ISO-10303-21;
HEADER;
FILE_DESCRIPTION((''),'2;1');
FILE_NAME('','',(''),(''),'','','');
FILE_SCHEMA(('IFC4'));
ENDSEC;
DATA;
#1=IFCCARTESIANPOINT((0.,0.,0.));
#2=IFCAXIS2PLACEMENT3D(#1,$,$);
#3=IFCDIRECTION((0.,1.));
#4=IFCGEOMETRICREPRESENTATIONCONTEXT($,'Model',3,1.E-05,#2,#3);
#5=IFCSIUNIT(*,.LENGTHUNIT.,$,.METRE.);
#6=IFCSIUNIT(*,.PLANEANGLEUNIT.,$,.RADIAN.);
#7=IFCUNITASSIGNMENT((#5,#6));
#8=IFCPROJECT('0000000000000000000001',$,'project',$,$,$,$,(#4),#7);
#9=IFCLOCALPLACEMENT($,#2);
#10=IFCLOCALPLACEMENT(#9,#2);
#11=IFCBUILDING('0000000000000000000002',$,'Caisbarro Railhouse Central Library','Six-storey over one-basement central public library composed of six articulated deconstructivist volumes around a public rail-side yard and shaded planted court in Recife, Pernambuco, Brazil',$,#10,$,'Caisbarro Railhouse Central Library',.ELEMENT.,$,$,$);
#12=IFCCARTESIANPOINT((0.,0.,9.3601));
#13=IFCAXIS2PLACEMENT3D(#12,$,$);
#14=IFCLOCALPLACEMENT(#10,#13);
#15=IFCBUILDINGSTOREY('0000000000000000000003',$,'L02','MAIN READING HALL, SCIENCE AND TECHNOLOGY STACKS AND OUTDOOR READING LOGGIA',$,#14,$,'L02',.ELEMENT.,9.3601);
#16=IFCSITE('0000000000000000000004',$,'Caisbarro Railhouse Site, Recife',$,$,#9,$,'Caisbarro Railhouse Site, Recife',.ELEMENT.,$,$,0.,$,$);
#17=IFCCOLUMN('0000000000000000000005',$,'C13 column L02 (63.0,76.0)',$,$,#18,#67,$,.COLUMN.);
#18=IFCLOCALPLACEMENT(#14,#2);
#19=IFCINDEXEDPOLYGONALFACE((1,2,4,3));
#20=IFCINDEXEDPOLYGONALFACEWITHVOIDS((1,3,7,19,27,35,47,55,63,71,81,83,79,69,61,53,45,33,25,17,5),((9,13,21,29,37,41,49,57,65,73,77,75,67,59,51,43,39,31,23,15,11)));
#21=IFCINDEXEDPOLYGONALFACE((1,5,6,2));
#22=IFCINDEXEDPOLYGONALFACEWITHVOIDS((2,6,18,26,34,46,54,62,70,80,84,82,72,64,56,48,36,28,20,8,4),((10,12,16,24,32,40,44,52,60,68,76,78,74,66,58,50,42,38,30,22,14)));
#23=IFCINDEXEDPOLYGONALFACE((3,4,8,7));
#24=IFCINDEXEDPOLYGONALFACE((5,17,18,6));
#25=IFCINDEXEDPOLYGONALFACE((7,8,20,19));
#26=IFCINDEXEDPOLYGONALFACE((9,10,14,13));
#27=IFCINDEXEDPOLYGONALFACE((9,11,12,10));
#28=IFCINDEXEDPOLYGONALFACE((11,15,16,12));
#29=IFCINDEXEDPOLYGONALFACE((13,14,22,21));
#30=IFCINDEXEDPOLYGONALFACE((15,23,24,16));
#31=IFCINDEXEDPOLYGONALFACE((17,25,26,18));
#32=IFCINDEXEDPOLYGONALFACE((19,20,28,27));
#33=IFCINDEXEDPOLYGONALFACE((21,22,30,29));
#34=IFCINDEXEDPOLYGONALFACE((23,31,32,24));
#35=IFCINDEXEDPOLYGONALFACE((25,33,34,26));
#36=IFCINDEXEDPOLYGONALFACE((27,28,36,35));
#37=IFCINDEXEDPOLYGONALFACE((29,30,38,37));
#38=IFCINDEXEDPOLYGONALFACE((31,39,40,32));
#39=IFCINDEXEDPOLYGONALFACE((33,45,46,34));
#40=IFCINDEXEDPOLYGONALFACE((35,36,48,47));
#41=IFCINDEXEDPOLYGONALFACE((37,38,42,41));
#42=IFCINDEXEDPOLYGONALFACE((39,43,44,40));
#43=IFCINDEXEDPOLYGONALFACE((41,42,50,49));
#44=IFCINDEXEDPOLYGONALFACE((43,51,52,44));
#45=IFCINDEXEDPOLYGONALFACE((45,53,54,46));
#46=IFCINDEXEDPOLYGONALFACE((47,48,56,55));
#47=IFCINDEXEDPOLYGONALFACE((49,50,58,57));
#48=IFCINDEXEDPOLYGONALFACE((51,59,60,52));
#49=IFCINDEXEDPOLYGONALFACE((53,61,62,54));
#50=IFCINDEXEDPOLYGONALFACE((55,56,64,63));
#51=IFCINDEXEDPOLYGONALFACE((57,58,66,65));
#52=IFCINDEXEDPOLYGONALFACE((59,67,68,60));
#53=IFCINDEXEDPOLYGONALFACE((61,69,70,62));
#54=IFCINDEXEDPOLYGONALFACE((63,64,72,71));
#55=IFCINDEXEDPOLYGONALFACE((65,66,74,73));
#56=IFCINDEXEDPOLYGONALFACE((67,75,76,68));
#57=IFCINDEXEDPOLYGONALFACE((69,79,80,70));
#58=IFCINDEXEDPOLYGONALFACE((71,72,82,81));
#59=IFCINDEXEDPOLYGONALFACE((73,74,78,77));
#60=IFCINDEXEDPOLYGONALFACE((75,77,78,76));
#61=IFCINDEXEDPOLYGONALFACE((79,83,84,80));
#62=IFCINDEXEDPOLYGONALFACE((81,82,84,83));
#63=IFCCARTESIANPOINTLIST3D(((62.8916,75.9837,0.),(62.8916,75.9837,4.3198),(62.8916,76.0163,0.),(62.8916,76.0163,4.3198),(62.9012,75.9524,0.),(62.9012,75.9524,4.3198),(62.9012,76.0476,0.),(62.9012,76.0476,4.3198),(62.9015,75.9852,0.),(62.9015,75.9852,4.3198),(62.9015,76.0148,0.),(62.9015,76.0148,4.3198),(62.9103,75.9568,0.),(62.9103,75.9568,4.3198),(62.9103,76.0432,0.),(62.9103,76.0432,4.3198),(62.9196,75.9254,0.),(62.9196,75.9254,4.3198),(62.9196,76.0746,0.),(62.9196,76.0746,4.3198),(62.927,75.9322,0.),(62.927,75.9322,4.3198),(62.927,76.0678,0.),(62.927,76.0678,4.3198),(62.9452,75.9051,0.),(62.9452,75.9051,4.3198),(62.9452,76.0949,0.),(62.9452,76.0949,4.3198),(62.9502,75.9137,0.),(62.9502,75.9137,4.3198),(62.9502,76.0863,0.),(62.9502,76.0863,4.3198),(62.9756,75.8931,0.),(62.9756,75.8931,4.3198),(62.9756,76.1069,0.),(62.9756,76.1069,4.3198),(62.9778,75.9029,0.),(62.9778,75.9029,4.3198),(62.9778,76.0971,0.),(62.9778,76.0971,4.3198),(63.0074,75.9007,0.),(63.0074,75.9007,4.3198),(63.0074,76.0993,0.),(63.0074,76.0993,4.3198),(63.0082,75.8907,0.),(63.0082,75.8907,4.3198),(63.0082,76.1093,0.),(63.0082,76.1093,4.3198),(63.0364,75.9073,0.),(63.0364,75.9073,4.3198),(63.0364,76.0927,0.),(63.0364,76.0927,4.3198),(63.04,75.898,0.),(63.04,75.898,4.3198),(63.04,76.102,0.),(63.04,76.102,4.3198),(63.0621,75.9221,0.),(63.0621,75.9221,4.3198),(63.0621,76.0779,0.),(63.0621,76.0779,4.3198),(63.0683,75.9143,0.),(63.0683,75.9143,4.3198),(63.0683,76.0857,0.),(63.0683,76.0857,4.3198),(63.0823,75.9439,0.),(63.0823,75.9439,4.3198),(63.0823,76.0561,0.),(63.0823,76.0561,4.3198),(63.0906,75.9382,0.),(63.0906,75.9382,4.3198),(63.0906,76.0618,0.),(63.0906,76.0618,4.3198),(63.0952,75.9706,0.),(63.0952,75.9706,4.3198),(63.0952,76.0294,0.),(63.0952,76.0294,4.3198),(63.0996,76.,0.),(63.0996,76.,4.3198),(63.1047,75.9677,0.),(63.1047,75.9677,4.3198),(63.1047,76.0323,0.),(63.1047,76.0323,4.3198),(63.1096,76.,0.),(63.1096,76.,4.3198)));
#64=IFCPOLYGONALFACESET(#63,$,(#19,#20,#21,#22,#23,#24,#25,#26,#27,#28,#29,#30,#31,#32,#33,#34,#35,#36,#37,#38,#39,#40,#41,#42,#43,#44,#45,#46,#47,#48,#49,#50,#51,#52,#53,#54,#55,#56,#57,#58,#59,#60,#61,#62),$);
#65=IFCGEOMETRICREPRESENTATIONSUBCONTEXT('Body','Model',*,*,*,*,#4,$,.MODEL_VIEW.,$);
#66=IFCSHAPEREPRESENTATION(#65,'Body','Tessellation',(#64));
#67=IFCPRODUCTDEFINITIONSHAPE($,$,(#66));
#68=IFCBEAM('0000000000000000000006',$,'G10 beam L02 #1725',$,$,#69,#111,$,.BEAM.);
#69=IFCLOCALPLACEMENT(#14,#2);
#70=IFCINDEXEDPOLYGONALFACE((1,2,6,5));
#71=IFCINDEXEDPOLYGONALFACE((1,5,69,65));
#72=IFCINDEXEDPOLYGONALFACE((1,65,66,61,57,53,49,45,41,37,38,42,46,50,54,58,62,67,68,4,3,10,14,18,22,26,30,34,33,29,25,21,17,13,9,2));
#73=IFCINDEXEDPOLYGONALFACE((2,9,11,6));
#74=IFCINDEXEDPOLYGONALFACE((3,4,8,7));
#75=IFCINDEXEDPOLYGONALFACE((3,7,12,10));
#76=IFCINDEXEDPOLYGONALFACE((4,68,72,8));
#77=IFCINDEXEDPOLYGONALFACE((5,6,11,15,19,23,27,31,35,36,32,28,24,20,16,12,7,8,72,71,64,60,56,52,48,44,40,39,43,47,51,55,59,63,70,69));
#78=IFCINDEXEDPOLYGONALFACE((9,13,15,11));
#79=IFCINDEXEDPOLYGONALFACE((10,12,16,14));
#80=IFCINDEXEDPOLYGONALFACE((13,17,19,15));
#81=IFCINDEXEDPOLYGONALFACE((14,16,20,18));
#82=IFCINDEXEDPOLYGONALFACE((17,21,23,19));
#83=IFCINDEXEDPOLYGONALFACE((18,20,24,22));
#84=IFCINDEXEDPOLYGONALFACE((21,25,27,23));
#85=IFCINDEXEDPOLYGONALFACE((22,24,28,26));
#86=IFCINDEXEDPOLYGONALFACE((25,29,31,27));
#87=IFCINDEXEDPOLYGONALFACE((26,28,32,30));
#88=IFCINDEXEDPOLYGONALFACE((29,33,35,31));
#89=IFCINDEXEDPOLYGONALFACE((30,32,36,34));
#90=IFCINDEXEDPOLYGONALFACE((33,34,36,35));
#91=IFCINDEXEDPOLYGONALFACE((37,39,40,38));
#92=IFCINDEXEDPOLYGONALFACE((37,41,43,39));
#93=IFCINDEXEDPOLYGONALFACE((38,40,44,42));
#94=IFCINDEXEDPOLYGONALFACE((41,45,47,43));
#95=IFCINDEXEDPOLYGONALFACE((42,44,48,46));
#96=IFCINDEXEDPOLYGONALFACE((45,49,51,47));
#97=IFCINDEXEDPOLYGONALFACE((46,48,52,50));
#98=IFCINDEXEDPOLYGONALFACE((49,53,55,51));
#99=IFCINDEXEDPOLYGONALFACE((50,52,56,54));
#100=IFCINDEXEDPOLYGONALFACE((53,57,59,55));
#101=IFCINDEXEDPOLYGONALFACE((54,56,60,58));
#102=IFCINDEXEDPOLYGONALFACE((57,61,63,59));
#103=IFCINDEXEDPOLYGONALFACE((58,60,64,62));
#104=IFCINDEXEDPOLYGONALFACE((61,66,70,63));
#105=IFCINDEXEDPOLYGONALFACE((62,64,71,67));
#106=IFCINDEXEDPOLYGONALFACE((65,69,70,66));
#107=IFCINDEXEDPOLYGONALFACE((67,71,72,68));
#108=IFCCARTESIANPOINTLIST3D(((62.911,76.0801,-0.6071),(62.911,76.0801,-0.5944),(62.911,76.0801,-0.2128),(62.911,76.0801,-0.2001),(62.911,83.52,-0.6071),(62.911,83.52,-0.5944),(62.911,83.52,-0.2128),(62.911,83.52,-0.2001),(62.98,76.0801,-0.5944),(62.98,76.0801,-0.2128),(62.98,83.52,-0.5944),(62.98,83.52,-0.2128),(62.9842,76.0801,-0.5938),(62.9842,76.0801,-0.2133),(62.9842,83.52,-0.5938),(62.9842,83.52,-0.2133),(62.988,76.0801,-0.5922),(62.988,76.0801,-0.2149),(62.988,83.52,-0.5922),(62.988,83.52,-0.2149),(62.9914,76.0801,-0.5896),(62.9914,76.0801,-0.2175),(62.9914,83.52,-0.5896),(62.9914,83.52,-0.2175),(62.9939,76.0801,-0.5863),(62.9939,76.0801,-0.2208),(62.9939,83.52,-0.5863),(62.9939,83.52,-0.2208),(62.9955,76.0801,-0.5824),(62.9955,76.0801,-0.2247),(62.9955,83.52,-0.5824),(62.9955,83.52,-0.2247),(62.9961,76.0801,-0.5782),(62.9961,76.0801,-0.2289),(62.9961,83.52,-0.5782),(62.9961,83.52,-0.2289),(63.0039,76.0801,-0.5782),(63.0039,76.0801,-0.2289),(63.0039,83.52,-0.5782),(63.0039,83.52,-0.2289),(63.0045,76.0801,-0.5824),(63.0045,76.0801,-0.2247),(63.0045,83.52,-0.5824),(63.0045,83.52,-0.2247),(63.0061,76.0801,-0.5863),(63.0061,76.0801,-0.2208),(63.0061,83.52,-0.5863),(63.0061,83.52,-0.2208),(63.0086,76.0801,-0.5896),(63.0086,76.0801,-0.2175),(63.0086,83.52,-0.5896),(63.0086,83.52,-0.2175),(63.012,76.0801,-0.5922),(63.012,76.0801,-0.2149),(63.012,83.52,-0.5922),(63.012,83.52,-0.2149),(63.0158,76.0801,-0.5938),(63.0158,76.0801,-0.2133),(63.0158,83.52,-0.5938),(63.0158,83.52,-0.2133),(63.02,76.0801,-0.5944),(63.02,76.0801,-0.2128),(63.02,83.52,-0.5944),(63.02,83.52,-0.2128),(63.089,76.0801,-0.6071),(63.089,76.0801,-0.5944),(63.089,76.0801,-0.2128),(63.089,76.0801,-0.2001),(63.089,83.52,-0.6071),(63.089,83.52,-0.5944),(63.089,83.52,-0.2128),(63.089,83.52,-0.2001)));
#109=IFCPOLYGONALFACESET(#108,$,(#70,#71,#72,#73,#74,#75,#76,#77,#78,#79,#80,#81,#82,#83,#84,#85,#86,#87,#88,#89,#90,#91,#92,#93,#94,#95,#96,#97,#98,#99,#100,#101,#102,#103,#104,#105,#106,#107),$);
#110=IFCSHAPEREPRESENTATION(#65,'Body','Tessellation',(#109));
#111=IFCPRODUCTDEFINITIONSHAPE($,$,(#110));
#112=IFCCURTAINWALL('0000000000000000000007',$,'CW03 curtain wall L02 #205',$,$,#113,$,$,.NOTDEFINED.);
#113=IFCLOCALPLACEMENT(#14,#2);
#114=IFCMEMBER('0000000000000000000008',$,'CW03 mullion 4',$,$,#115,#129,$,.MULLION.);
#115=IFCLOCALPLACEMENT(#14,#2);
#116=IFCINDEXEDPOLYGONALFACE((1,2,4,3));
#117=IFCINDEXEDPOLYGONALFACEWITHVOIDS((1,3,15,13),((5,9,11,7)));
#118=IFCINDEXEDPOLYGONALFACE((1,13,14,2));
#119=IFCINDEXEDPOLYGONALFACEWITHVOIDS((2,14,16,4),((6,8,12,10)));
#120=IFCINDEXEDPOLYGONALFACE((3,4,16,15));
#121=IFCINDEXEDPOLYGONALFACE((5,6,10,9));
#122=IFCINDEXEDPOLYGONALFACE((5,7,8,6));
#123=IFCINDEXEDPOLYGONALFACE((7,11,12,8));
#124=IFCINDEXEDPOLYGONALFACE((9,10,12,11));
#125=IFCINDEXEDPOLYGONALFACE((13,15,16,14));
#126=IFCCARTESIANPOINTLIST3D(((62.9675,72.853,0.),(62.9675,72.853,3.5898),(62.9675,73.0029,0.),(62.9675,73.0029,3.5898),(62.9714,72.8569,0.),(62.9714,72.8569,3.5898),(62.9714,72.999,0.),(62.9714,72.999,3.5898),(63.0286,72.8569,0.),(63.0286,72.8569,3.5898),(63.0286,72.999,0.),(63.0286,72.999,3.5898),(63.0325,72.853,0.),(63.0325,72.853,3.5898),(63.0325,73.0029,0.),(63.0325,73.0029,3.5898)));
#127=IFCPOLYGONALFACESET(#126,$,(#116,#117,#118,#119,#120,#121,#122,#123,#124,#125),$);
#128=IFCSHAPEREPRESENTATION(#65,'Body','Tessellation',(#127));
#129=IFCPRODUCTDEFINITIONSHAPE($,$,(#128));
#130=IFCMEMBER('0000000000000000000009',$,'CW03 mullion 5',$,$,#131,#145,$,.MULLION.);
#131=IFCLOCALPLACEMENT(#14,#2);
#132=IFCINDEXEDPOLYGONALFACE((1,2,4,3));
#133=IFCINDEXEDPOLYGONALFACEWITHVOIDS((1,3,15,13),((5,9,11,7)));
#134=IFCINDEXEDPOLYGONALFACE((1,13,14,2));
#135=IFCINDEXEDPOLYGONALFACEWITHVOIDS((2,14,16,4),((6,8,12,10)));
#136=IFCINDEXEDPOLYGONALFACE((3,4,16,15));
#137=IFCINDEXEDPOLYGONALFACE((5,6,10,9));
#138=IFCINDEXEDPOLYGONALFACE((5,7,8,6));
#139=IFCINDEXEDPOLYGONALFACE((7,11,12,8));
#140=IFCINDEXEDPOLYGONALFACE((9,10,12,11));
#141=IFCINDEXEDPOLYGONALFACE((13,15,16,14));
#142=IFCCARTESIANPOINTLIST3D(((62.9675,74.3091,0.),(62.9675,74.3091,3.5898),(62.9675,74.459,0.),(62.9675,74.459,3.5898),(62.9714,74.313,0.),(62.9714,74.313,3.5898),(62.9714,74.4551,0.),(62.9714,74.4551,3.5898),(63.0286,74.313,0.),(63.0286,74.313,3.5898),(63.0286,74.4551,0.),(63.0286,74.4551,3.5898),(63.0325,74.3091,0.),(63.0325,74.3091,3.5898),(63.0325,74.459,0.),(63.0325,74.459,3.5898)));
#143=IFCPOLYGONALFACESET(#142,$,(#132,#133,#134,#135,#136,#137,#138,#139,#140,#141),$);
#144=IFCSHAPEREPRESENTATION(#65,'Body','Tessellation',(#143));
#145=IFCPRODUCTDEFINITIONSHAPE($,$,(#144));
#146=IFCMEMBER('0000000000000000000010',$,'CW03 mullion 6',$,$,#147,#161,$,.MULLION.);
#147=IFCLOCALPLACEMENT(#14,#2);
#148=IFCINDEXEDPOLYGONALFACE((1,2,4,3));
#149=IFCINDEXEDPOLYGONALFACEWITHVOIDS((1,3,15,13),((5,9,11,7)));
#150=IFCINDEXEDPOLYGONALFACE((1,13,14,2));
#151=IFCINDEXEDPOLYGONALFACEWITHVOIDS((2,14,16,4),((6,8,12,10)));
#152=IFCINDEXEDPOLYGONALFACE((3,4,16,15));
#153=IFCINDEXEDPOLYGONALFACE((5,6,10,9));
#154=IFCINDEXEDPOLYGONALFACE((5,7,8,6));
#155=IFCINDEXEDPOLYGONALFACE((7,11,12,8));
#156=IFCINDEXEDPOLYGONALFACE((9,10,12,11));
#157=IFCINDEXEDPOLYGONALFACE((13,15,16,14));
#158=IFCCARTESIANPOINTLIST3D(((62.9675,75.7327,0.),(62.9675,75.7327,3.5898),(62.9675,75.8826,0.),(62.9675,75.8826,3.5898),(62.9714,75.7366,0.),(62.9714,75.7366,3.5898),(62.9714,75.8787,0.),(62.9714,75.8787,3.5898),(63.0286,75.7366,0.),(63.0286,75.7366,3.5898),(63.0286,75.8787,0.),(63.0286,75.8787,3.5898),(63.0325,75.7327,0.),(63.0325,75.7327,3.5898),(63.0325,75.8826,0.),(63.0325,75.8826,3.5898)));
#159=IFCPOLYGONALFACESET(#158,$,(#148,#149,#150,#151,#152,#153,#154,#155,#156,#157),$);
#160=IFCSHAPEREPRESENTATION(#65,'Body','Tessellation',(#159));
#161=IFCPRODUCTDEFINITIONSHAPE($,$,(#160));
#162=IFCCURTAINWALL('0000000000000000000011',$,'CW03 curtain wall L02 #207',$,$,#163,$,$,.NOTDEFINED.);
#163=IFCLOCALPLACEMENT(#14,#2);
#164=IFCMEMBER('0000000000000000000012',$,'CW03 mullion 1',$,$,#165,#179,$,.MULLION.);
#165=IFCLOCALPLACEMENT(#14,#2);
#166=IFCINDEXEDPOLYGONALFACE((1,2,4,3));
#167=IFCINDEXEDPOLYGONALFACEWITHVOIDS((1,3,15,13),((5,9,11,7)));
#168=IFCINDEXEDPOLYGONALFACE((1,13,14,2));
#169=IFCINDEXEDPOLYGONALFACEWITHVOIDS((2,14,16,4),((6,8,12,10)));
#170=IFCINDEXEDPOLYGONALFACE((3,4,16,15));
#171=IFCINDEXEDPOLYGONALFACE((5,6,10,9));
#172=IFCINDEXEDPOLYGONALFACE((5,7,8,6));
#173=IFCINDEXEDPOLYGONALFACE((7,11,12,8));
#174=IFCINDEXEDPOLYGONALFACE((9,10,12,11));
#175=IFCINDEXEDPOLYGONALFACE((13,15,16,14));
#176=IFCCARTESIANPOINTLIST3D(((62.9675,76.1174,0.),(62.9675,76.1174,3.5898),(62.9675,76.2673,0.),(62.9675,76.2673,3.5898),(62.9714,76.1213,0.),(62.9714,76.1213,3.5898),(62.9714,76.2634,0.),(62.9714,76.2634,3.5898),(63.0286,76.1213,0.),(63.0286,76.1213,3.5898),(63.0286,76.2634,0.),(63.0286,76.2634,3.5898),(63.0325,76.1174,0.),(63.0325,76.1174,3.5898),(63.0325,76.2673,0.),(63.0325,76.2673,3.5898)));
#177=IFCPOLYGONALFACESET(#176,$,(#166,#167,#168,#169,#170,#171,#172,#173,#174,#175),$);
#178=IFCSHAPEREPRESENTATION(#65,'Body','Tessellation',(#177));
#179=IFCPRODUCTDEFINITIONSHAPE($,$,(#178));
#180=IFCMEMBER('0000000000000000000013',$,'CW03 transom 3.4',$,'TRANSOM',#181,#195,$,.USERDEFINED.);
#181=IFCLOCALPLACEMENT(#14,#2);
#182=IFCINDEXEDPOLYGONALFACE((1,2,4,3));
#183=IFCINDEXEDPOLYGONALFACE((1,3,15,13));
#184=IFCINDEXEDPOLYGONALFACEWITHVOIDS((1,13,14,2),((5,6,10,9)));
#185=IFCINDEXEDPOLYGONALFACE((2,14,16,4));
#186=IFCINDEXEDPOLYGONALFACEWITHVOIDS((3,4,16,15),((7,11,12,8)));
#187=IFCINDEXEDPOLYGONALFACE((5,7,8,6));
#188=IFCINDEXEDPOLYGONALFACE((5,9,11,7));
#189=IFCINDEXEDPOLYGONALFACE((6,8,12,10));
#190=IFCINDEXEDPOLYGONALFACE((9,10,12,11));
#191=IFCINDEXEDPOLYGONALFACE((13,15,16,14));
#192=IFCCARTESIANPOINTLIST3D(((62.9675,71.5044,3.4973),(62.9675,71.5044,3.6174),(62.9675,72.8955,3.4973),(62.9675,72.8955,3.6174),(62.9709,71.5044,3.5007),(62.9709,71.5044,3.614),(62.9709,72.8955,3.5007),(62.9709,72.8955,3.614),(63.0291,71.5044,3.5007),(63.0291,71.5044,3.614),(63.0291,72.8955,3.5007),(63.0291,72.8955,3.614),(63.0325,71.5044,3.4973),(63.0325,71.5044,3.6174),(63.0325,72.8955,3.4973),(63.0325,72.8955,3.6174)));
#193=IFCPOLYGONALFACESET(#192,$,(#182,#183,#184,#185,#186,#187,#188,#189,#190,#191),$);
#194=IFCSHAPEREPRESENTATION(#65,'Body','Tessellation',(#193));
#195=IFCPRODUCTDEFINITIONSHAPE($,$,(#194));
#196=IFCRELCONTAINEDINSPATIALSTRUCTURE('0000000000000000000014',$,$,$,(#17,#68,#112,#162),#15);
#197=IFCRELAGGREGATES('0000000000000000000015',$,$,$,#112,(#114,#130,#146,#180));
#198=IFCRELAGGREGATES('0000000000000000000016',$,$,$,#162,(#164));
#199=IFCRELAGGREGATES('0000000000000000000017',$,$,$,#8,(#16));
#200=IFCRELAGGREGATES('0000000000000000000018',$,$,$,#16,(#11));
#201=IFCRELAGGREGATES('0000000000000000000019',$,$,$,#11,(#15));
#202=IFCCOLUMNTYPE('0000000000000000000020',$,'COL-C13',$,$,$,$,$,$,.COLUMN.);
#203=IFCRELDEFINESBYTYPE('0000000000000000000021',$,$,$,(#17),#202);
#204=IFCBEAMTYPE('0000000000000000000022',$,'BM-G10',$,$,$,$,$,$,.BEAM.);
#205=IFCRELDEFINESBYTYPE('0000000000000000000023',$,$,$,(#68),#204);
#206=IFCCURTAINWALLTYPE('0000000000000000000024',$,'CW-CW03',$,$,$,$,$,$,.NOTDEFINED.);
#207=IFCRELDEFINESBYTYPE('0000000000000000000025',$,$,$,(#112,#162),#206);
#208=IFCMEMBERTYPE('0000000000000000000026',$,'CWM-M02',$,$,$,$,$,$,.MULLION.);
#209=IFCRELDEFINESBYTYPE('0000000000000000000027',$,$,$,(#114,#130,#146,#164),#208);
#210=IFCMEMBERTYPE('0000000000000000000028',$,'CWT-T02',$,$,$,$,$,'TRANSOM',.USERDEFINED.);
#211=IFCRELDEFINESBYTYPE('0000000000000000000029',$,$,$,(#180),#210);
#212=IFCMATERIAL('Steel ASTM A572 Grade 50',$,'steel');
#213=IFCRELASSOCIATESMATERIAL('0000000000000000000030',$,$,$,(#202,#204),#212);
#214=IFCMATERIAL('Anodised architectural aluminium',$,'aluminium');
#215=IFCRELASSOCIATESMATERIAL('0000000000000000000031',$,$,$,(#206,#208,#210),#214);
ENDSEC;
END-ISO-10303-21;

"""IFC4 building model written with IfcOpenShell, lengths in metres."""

from ifc_helpers import new_model, si_unit, direction, frame, origin, origin_2d, place, context, subcontext, project, spatial, hollow_rectangle, hollow_circle, i_section, extrude, material, material_profile, profile_set, type_object, element, aggregate, save


model = new_model("IFC4")

# Units and contexts
model_context = context("Model", 3, precision=1e-05, world=origin(), true_north=direction((0.0, 1.0)))
body_context = subcontext(model_context, "Body", "Model", "MODEL_VIEW")
ifc_project = project(units=[si_unit("LENGTHUNIT", "METRE"), si_unit("PLANEANGLEUNIT", "RADIAN")], contexts=[model_context])

# Site, building, storey
site_placement = place(None, origin())
site = spatial("IfcSite", under=ifc_project, at=site_placement, Name="Caisbarro Railhouse Site, Recife", LongName="Caisbarro Railhouse Site, Recife", CompositionType="ELEMENT", RefElevation=0.0)
building_placement = place(site_placement, origin())
building = spatial("IfcBuilding", under=site, at=building_placement, Name="Caisbarro Railhouse Central Library", Description="Six-storey over one-basement central public library composed of six articulated deconstructivist volumes around a public rail-side yard and shaded planted court in Recife, Pernambuco, Brazil", LongName="Caisbarro Railhouse Central Library", CompositionType="ELEMENT")
storey_placement = place(building_placement, frame((0.0, 0.0, 9.3601)))
storey = spatial("IfcBuildingStorey", under=building, at=storey_placement, Name="L02", Description="MAIN READING HALL, SCIENCE AND TECHNOLOGY STACKS AND OUTDOOR READING LOGGIA", LongName="L02", CompositionType="ELEMENT", Elevation=9.3601)

# Column
ifc_material_1 = material(Name="Steel ASTM A572 Grade 50", Category="steel")
ifc_material_profile_1 = material_profile(ifc_material_1, hollow_circle(Radius=0.1096, WallThickness=0.01, at=origin_2d()), Name="CHS219.1X10")
ifc_profile_set_1 = profile_set([ifc_material_profile_1], Name="Steel ASTM A572 Grade 50")
column_type = type_object("IfcColumnType", Name="COL-C13", PredefinedType="COLUMN", material=ifc_profile_set_1)
column_placement = place(storey_placement, frame((63.0, 76.0, 0.0), z_axis=(0.0, 0.0, 1.0), x_axis=(1.0, 0.0, 0.0)))
element("IfcColumn", 1, at=column_placement, inside=storey, type_object=column_type, Name="C13 column L02 (63.0,76.0)", PredefinedType="COLUMN", context=body_context, shape_type="SweptSolid", body=[
    extrude(hollow_circle(Radius=0.1096, WallThickness=0.01, at=origin_2d()), origin(), (0.0, 0.0, 1.0), 4.3198),
])

# Beam
ifc_material_profile_2 = material_profile(ifc_material_1, i_section(OverallWidth=0.178, OverallDepth=0.407, WebThickness=0.0078, FlangeThickness=0.0127, FilletRadius=0.0161, at=origin_2d()), Name="W410X60.0")
ifc_profile_set_2 = profile_set([ifc_material_profile_2], Name="Steel ASTM A572 Grade 50")
beam_type = type_object("IfcBeamType", Name="BM-G10", PredefinedType="BEAM", material=ifc_profile_set_2)
beam_placement = place(storey_placement, frame((63.0, 76.0801, -0.4036), z_axis=(0.0, 1.0, 0.0), x_axis=(-1.0, 0.0, 0.0)))
element("IfcBeam", 2, at=beam_placement, inside=storey, type_object=beam_type, Name="G10 beam L02 #1725", PredefinedType="BEAM", context=body_context, shape_type="SweptSolid", body=[
    extrude(i_section(OverallWidth=0.178, OverallDepth=0.407, WebThickness=0.0078, FlangeThickness=0.0127, FilletRadius=0.0161, at=origin_2d()), origin(), (0.0, 0.0, 1.0), 7.4399),
])

# Curtain wall, members
ifc_material_2 = material(Name="Anodised architectural aluminium", Category="aluminium")
curtain_wall_type = type_object("IfcCurtainWallType", Name="CW-CW03", PredefinedType="NOTDEFINED", material=ifc_material_2)
curtain_wall_1_placement = place(storey_placement, origin())
curtain_wall_1 = element("IfcCurtainWall", 3, at=curtain_wall_1_placement, inside=storey, type_object=curtain_wall_type, Name="CW03 curtain wall L02 #205", PredefinedType="NOTDEFINED")
ifc_material_profile_3 = material_profile(ifc_material_2, hollow_rectangle(XDim=0.0649, YDim=0.1499, WallThickness=0.0039, at=origin_2d()), Name="ALU-MUL-65X150")
ifc_profile_set_3 = profile_set([ifc_material_profile_3], Name="Anodised architectural aluminium")
member_type_1 = type_object("IfcMemberType", Name="CWM-M02", PredefinedType="MULLION", material=ifc_profile_set_3)
member_1_placement = place(storey_placement, frame((63.0, 72.928, 0.0), z_axis=(0.0, 0.0, 1.0), x_axis=(-1.0, 0.0, 0.0)))
member_1 = element("IfcMember", 4, at=member_1_placement, type_object=member_type_1, Name="CW03 mullion 4", PredefinedType="MULLION", context=body_context, shape_type="SweptSolid", body=[
    extrude(hollow_rectangle(XDim=0.0649, YDim=0.1499, WallThickness=0.0039, at=origin_2d()), origin(), (0.0, 0.0, 1.0), 3.5898),
])
member_2_placement = place(storey_placement, frame((63.0, 74.384, 0.0), z_axis=(0.0, 0.0, 1.0), x_axis=(-1.0, 0.0, 0.0)))
member_2 = element("IfcMember", 5, at=member_2_placement, type_object=member_type_1, Name="CW03 mullion 5", PredefinedType="MULLION", context=body_context, shape_type="SweptSolid", body=[
    extrude(hollow_rectangle(XDim=0.0649, YDim=0.1499, WallThickness=0.0039, at=origin_2d()), origin(), (0.0, 0.0, 1.0), 3.5898),
])
member_3_placement = place(storey_placement, frame((63.0, 75.8076, 0.0), z_axis=(0.0, 0.0, 1.0), x_axis=(-1.0, 0.0, 0.0)))
member_3 = element("IfcMember", 6, at=member_3_placement, type_object=member_type_1, Name="CW03 mullion 6", PredefinedType="MULLION", context=body_context, shape_type="SweptSolid", body=[
    extrude(hollow_rectangle(XDim=0.0649, YDim=0.1499, WallThickness=0.0039, at=origin_2d()), origin(), (0.0, 0.0, 1.0), 3.5898),
])

# Curtain wall, member
curtain_wall_2_placement = place(storey_placement, origin())
curtain_wall_2 = element("IfcCurtainWall", 7, at=curtain_wall_2_placement, inside=storey, type_object=curtain_wall_type, Name="CW03 curtain wall L02 #207", PredefinedType="NOTDEFINED")
member_4_placement = place(storey_placement, frame((63.0, 76.1924, 0.0), z_axis=(0.0, 0.0, 1.0), x_axis=(-1.0, 0.0, 0.0)))
member_4 = element("IfcMember", 8, at=member_4_placement, type_object=member_type_1, Name="CW03 mullion 1", PredefinedType="MULLION", context=body_context, shape_type="SweptSolid", body=[
    extrude(hollow_rectangle(XDim=0.0649, YDim=0.1499, WallThickness=0.0039, at=origin_2d()), origin(), (0.0, 0.0, 1.0), 3.5898),
])

# Member
ifc_material_profile_4 = material_profile(ifc_material_2, hollow_rectangle(XDim=0.0649, YDim=0.1201, WallThickness=0.0034, at=origin_2d()), Name="ALU-TRN-65X120")
ifc_profile_set_4 = profile_set([ifc_material_profile_4], Name="Anodised architectural aluminium")
member_type_2 = type_object("IfcMemberType", Name="CWT-T02", ElementType="TRANSOM", PredefinedType="USERDEFINED", material=ifc_profile_set_4)
member_5_placement = place(storey_placement, frame((63.0, 71.5044, 3.5574), z_axis=(0.0, 1.0, 0.0), x_axis=(-1.0, 0.0, 0.0)))
member_5 = element("IfcMember", 9, at=member_5_placement, type_object=member_type_2, Name="CW03 transom 3.4", ObjectType="TRANSOM", PredefinedType="USERDEFINED", context=body_context, shape_type="SweptSolid", body=[
    extrude(hollow_rectangle(XDim=0.0649, YDim=0.1201, WallThickness=0.0034, at=origin_2d()), origin(), (0.0, 0.0, 1.0), 1.3911),
])

aggregate(curtain_wall_1, [member_1, member_2, member_3, member_5])
aggregate(curtain_wall_2, [member_4])

save(model, "model.ifc")
